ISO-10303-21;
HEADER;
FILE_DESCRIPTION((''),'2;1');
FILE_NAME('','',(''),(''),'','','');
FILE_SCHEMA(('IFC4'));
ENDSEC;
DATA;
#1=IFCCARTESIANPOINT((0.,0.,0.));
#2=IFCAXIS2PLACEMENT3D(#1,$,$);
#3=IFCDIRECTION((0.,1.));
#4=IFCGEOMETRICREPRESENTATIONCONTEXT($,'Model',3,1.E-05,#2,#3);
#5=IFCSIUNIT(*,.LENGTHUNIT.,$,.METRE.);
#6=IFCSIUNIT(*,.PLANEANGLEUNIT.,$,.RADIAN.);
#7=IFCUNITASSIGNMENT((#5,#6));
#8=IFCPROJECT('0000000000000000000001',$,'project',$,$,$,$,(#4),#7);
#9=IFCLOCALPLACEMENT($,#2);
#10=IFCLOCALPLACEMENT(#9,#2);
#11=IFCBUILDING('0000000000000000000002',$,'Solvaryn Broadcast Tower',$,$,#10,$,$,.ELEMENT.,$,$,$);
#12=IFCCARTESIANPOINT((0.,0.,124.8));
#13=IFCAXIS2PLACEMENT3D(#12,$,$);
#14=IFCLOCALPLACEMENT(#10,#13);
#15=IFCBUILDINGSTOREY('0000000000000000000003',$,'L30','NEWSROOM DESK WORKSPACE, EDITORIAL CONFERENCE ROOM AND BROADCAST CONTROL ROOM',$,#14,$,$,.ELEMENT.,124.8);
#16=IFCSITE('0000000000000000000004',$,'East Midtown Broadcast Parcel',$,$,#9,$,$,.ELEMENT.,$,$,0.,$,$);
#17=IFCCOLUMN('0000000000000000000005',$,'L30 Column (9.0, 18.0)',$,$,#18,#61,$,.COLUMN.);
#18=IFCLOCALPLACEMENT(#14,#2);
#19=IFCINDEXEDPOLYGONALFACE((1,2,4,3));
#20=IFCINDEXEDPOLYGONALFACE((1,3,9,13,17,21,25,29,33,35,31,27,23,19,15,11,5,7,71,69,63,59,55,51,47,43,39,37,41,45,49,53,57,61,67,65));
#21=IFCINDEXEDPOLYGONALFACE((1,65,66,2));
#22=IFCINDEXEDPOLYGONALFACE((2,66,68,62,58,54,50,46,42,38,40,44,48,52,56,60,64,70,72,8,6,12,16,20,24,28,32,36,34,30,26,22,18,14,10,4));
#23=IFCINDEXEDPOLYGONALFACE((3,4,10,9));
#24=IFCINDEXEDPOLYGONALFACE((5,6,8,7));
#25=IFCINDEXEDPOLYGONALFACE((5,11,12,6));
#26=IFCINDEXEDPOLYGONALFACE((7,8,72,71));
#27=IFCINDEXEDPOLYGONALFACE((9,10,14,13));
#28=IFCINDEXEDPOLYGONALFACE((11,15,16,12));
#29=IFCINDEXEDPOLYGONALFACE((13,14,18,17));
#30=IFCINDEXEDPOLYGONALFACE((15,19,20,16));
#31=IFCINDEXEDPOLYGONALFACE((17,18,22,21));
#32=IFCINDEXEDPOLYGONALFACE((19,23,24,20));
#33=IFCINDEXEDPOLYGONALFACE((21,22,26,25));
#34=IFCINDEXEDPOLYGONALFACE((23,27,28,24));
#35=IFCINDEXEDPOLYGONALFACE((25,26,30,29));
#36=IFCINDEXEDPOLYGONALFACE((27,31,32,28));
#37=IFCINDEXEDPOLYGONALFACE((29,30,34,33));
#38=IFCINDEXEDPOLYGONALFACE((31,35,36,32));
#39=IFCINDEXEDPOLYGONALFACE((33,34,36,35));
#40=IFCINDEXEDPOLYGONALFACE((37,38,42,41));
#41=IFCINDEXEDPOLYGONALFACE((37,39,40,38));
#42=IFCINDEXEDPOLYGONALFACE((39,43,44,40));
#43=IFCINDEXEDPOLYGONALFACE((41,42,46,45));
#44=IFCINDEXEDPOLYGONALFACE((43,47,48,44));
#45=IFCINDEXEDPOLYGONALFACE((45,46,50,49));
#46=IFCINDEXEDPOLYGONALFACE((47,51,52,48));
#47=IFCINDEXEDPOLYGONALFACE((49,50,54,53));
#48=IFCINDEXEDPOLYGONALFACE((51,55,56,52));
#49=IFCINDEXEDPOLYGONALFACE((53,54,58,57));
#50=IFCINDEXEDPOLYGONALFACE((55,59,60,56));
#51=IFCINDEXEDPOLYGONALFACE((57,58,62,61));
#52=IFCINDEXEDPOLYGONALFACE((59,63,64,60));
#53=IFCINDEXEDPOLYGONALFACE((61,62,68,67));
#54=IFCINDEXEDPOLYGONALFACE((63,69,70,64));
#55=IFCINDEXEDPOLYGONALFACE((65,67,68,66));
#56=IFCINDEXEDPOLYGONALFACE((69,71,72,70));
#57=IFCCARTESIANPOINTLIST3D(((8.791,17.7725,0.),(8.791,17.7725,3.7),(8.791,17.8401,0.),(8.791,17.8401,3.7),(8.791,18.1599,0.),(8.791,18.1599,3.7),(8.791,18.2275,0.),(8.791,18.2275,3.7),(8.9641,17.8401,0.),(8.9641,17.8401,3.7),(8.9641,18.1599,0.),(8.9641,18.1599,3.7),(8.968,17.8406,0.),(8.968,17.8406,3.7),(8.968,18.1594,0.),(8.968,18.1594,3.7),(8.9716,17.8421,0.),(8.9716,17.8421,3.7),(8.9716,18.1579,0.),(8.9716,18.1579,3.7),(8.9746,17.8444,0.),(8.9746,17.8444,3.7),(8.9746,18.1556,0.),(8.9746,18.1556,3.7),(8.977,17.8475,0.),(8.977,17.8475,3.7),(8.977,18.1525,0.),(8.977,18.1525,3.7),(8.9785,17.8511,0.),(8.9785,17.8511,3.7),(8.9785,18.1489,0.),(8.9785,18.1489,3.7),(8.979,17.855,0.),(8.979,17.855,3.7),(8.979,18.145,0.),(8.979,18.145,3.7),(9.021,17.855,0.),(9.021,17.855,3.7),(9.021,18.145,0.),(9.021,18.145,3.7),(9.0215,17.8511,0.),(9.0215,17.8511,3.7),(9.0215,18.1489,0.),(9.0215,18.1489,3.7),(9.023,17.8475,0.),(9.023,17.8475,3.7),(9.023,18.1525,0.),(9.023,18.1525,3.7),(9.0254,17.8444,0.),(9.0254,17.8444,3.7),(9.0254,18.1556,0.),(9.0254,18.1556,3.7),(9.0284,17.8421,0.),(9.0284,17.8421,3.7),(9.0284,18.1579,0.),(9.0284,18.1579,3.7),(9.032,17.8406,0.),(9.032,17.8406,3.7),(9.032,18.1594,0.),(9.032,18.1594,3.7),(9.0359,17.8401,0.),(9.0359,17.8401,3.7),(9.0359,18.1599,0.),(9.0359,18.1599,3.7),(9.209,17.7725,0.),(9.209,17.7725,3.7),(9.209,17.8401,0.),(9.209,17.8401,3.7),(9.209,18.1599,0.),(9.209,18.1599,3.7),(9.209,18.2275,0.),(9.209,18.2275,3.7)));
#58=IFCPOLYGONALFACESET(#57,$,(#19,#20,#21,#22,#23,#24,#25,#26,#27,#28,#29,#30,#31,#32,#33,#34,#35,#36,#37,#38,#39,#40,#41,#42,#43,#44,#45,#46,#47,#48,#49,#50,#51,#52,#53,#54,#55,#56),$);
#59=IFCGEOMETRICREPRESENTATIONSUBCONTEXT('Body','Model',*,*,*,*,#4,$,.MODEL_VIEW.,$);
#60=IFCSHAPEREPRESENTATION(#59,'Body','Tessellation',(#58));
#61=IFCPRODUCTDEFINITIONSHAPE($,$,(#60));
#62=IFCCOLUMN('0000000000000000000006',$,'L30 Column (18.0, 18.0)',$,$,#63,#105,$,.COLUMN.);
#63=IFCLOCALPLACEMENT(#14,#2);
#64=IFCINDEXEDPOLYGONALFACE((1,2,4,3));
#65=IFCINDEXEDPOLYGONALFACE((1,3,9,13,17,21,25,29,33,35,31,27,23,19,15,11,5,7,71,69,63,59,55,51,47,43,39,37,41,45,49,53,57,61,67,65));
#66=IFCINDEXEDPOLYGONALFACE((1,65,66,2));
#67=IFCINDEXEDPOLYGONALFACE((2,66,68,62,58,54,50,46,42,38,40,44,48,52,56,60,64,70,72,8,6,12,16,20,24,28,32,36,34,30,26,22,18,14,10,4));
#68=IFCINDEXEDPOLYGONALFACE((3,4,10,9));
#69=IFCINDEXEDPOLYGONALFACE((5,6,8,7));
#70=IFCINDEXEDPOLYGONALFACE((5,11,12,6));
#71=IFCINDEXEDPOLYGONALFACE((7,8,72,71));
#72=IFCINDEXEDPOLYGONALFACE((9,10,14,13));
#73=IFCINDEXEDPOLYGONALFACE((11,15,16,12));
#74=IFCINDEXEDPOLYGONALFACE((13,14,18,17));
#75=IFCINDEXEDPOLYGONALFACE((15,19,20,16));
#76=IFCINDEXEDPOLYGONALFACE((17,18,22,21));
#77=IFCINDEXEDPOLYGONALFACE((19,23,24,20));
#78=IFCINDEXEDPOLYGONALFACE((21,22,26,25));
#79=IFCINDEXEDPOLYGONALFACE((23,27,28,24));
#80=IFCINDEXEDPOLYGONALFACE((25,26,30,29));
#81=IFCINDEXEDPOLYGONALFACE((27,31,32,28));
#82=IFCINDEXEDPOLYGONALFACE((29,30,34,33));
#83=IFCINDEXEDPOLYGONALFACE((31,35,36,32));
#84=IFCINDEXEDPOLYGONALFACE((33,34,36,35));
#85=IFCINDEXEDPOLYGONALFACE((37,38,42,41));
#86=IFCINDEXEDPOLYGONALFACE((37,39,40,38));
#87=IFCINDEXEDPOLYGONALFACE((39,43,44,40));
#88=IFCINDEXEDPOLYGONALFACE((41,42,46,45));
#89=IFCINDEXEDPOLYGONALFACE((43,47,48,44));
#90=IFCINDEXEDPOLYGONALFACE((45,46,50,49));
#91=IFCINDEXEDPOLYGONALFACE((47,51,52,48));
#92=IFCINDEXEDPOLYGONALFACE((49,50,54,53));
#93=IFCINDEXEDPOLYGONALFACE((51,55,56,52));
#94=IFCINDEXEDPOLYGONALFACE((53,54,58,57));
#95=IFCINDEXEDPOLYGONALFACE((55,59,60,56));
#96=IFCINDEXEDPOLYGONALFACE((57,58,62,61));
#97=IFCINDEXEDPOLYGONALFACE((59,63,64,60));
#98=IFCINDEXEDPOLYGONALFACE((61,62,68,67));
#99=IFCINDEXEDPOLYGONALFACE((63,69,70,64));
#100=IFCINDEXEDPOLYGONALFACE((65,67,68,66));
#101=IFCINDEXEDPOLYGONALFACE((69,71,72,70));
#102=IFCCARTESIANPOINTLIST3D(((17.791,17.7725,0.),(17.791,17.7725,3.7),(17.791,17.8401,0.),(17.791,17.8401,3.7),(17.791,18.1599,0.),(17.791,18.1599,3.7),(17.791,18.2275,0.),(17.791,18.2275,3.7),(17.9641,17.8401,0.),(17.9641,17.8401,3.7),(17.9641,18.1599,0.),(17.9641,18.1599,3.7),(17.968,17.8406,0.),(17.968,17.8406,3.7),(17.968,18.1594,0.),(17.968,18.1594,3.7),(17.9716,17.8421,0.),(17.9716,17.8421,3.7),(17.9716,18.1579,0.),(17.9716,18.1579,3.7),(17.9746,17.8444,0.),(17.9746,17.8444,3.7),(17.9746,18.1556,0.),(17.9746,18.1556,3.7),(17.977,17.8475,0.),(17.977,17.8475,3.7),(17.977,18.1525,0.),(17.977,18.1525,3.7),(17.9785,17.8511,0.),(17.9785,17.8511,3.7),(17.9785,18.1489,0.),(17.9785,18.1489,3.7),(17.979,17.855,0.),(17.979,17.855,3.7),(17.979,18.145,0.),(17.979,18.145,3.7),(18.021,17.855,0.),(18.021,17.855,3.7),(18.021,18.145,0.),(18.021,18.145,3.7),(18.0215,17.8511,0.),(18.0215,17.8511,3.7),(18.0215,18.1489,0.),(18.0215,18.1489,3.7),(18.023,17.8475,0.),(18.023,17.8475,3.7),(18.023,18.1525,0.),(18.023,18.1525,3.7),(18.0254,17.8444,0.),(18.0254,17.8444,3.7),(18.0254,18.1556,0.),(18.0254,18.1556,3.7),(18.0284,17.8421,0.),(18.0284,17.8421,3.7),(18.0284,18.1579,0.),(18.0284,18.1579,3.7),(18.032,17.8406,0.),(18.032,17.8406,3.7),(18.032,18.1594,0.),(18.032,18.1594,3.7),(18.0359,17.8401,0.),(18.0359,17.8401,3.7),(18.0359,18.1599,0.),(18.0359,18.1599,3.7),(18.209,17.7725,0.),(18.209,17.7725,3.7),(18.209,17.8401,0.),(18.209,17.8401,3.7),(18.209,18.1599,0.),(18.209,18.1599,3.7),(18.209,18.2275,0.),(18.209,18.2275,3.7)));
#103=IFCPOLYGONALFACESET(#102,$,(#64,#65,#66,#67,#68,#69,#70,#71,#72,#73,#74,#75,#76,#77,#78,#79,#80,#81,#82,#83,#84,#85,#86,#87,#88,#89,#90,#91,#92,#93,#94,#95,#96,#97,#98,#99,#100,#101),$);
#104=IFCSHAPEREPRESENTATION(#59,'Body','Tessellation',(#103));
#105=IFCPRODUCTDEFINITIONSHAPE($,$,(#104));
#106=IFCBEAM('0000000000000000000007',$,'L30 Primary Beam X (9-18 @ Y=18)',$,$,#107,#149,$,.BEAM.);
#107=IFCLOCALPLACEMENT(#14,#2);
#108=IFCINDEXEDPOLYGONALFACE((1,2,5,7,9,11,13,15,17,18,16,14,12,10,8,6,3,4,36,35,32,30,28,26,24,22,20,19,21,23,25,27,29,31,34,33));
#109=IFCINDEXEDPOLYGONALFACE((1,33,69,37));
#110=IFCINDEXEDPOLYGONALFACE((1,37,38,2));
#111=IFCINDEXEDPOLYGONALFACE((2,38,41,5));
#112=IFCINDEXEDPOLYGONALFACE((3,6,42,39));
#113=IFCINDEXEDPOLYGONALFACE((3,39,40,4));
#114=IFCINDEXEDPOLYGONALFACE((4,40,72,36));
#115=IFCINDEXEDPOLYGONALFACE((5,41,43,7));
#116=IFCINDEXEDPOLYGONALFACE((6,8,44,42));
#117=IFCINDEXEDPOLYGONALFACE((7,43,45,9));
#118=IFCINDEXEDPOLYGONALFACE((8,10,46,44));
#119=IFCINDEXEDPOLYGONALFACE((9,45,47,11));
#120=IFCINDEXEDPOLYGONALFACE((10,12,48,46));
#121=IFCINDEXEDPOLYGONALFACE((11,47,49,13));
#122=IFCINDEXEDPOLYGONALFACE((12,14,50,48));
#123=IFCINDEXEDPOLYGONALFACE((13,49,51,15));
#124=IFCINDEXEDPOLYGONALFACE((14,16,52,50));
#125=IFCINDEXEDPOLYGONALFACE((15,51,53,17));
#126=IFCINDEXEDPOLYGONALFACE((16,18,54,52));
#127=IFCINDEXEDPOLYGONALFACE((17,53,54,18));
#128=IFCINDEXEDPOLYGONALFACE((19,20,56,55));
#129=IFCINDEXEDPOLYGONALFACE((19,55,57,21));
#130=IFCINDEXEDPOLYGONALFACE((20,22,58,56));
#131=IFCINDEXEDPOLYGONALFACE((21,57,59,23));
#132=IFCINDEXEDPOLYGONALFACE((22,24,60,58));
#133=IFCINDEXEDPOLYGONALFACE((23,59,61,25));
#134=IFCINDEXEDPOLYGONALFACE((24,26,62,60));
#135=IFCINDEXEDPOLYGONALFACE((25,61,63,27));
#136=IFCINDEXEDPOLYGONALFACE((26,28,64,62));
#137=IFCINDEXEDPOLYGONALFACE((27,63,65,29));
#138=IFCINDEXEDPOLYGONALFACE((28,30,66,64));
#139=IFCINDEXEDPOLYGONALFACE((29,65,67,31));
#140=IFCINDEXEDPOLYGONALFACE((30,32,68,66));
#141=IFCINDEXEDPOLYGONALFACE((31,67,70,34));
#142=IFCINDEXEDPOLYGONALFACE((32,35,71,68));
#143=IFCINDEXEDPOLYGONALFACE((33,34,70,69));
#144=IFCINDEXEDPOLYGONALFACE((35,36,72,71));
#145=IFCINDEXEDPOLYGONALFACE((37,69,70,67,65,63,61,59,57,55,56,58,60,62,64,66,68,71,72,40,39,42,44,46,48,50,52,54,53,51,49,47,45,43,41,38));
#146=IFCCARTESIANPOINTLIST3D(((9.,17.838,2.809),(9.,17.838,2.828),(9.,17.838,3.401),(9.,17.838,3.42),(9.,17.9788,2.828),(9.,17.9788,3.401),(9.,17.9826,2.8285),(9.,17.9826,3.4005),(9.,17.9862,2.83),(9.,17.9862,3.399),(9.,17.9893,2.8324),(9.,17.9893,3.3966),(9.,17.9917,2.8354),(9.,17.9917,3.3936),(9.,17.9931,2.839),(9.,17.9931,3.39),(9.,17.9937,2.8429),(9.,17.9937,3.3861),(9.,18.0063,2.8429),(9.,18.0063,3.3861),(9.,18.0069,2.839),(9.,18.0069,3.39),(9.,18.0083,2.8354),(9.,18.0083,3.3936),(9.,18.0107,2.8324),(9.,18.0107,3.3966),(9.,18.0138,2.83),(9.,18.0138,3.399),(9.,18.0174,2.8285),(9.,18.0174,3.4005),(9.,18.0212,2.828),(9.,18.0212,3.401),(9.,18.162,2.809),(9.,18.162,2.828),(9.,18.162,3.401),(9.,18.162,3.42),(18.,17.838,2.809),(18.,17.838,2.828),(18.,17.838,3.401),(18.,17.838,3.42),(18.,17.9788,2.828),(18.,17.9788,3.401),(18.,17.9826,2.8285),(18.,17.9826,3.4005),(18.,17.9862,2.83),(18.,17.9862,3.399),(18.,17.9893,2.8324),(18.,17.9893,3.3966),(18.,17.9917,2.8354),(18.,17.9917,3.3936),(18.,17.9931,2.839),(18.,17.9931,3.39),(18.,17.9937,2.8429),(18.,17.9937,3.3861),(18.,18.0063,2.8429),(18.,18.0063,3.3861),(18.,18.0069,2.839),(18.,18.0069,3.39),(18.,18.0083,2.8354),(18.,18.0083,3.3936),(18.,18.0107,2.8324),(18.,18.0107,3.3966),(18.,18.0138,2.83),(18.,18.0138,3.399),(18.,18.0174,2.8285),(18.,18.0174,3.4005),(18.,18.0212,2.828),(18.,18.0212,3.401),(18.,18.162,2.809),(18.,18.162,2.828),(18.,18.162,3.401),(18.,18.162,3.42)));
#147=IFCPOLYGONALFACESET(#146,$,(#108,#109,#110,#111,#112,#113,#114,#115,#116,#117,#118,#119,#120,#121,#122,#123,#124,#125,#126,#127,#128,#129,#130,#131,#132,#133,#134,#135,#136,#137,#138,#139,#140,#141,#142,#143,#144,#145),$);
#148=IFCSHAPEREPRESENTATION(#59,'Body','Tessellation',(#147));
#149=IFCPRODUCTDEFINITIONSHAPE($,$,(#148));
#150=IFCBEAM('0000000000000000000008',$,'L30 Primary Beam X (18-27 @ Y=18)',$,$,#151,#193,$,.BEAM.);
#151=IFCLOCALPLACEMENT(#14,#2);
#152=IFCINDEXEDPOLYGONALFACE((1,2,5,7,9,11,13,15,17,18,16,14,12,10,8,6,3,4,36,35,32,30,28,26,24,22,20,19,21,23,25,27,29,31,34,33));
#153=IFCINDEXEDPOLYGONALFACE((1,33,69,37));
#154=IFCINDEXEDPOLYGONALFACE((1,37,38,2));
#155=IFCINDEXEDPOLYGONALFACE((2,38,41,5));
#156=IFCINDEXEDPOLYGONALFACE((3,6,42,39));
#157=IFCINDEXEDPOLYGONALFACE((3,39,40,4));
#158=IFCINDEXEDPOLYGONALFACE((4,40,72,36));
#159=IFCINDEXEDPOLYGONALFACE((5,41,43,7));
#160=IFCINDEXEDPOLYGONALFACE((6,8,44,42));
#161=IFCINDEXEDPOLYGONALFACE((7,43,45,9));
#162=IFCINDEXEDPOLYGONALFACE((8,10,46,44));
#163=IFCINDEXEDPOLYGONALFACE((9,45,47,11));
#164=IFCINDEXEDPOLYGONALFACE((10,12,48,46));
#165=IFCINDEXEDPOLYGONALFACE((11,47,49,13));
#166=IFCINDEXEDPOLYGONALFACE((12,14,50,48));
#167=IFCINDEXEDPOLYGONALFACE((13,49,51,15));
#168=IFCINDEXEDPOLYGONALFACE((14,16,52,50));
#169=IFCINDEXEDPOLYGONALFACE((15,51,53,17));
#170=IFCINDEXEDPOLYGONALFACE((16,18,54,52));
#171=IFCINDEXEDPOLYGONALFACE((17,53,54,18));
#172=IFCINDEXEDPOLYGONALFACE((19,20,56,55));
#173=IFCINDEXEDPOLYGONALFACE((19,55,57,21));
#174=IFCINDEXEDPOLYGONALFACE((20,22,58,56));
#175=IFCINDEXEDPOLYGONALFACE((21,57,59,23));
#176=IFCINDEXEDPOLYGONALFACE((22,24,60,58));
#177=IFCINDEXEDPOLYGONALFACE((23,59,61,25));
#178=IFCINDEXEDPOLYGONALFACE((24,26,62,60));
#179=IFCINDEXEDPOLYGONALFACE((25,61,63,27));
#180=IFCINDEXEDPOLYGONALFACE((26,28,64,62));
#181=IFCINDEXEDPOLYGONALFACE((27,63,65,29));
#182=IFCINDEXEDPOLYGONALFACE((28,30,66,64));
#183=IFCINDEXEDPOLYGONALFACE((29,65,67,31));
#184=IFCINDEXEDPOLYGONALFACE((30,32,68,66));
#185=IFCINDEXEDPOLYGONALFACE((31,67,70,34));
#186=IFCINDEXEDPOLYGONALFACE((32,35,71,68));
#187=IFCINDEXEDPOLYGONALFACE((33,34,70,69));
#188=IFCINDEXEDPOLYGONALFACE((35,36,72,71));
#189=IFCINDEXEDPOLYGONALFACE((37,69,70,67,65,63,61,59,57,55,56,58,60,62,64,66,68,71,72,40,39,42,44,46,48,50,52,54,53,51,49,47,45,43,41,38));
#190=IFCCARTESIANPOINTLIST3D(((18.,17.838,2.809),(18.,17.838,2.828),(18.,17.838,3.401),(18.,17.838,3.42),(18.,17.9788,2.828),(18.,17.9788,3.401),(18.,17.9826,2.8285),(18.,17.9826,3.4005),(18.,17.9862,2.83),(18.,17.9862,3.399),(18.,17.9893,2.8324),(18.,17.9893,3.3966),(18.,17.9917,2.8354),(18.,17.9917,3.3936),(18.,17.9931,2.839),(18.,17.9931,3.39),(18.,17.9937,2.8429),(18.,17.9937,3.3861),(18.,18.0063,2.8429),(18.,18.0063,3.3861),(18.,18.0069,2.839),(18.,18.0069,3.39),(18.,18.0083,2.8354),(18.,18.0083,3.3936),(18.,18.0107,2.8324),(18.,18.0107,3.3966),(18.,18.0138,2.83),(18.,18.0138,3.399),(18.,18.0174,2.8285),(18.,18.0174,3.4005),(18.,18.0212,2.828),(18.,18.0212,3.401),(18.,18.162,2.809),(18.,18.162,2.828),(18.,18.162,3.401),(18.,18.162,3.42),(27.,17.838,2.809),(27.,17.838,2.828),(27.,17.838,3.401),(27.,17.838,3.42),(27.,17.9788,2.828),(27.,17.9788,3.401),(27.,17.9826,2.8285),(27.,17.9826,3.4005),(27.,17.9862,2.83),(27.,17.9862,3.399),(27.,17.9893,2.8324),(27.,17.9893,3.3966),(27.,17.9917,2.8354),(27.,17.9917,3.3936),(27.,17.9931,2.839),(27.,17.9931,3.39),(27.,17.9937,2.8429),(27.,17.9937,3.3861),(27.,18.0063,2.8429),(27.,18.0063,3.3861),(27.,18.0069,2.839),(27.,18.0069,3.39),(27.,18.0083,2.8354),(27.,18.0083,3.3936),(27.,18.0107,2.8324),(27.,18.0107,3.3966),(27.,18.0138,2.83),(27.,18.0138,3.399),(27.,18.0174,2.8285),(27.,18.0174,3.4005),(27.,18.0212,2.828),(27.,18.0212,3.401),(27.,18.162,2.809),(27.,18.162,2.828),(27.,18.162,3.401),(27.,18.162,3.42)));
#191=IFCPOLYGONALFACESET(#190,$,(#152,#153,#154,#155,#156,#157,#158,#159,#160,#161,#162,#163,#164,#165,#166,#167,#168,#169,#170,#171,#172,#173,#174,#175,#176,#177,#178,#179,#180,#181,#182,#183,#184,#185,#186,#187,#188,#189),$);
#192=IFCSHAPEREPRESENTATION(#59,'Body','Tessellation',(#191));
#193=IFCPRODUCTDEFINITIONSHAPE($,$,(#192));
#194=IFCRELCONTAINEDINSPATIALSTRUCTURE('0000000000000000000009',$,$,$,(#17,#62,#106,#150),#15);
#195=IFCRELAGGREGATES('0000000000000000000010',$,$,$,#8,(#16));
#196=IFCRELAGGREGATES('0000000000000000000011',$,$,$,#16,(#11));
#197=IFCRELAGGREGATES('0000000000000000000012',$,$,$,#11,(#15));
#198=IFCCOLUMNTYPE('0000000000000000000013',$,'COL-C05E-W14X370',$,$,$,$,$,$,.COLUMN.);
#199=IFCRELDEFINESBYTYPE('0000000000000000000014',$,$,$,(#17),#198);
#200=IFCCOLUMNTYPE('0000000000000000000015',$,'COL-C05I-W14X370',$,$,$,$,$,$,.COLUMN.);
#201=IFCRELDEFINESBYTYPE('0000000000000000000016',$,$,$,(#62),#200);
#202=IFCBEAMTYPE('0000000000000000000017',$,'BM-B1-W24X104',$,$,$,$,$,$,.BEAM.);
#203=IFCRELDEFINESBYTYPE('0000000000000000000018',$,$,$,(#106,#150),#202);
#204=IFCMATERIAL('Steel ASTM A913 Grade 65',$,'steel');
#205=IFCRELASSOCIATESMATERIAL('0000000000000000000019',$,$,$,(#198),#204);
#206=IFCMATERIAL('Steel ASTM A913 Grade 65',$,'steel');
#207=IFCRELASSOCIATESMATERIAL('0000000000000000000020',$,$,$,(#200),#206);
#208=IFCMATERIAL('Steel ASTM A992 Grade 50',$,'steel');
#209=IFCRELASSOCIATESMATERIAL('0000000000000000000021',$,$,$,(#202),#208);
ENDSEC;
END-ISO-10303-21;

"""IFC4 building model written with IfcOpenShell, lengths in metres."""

from ifc_helpers import new_model, si_unit, direction, frame, origin, origin_2d, place, context, subcontext, project, spatial, i_section, extrude, material, material_profile, profile_set, type_object, element, save


model = new_model("IFC4")

# Units and contexts
model_context = context("Model", 3, precision=1e-05, world=origin(), true_north=direction((0.0, 1.0)))
body_context = subcontext(model_context, "Body", "Model", "MODEL_VIEW")
ifc_project = project(units=[si_unit("LENGTHUNIT", "METRE"), si_unit("PLANEANGLEUNIT", "RADIAN")], contexts=[model_context])

# Site, building, storey
site_placement = place(None, origin())
site = spatial("IfcSite", under=ifc_project, at=site_placement, Name="East Midtown Broadcast Parcel", CompositionType="ELEMENT", RefElevation=0.0)
building_placement = place(site_placement, origin())
building = spatial("IfcBuilding", under=site, at=building_placement, Name="Solvaryn Broadcast Tower", CompositionType="ELEMENT")
storey_placement = place(building_placement, frame((0.0, 0.0, 124.8)))
storey = spatial("IfcBuildingStorey", under=building, at=storey_placement, Name="L30", Description="NEWSROOM DESK WORKSPACE, EDITORIAL CONFERENCE ROOM AND BROADCAST CONTROL ROOM", CompositionType="ELEMENT", Elevation=124.8)

# Columns
ifc_material_1 = material(Name="Steel ASTM A913 Grade 65", Category="steel")
ifc_material_profile_1 = material_profile(ifc_material_1, i_section(OverallWidth=0.418, OverallDepth=0.4551, WebThickness=0.042, FlangeThickness=0.0676, FilletRadius=0.0149, at=origin_2d()))
ifc_profile_set_1 = profile_set([ifc_material_profile_1], Name="Steel ASTM A913 Grade 65")
column_type_1 = type_object("IfcColumnType", Name="COL-C05E-W14X370", PredefinedType="COLUMN", material=ifc_profile_set_1)
column_1_placement = place(storey_placement, frame((9.0, 18.0, 0.0), z_axis=(0.0, 0.0, 1.0), x_axis=(1.0, 0.0, 0.0)))
element("IfcColumn", 1, at=column_1_placement, inside=storey, type_object=column_type_1, Name="L30 Column (9.0, 18.0)", PredefinedType="COLUMN", context=body_context, shape_type="SweptSolid", body=[
    extrude(i_section(OverallWidth=0.418, OverallDepth=0.4551, WebThickness=0.042, FlangeThickness=0.0676, FilletRadius=0.0149, at=origin_2d()), origin(), (0.0, 0.0, 1.0), 3.7),
])
ifc_material_2 = material(Name="Steel ASTM A913 Grade 65", Category="steel")
ifc_material_profile_2 = material_profile(ifc_material_2, i_section(OverallWidth=0.418, OverallDepth=0.4551, WebThickness=0.042, FlangeThickness=0.0676, FilletRadius=0.0149, at=origin_2d()))
ifc_profile_set_2 = profile_set([ifc_material_profile_2], Name="Steel ASTM A913 Grade 65")
column_type_2 = type_object("IfcColumnType", Name="COL-C05I-W14X370", PredefinedType="COLUMN", material=ifc_profile_set_2)
column_2_placement = place(storey_placement, frame((18.0, 18.0, 0.0), z_axis=(0.0, 0.0, 1.0), x_axis=(1.0, 0.0, 0.0)))
element("IfcColumn", 2, at=column_2_placement, inside=storey, type_object=column_type_2, Name="L30 Column (18.0, 18.0)", PredefinedType="COLUMN", context=body_context, shape_type="SweptSolid", body=[
    extrude(i_section(OverallWidth=0.418, OverallDepth=0.4551, WebThickness=0.042, FlangeThickness=0.0676, FilletRadius=0.0149, at=origin_2d()), origin(), (0.0, 0.0, 1.0), 3.7),
])

# Beams
ifc_material_3 = material(Name="Steel ASTM A992 Grade 50", Category="steel")
ifc_material_profile_3 = material_profile(ifc_material_3, i_section(OverallWidth=0.324, OverallDepth=0.6111, WebThickness=0.0127, FlangeThickness=0.019, FilletRadius=0.0149, at=origin_2d()))
ifc_profile_set_3 = profile_set([ifc_material_profile_3], Name="Steel ASTM A992 Grade 50")
beam_type_1 = type_object("IfcBeamType", Name="BM-B1-W24X104", PredefinedType="BEAM", material=ifc_profile_set_3)
for number, where, z_axis, x_axis, name in (
    (3, (9.0, 18.0, 3.1145), (1.0, 0.0, 0.0), (0.0, 1.0, 0.0), "L30 Primary Beam X (9-18 @ Y=18)"),
    (4, (18.0, 18.0, 3.1145), (1.0, 0.0, 0.0), (0.0, 1.0, 0.0), "L30 Primary Beam X (18-27 @ Y=18)"),
):
    element("IfcBeam", number, at=place(storey_placement, frame(where, z_axis=z_axis, x_axis=x_axis)), inside=storey, type_object=beam_type_1, Name=name, PredefinedType="BEAM", context=body_context, shape_type="SweptSolid", body=[
        extrude(i_section(OverallWidth=0.324, OverallDepth=0.6111, WebThickness=0.0127, FlangeThickness=0.019, FilletRadius=0.0149, at=origin_2d()), origin(), (0.0, 0.0, 1.0), 9.0),
    ])

save(model, "model.ifc")
